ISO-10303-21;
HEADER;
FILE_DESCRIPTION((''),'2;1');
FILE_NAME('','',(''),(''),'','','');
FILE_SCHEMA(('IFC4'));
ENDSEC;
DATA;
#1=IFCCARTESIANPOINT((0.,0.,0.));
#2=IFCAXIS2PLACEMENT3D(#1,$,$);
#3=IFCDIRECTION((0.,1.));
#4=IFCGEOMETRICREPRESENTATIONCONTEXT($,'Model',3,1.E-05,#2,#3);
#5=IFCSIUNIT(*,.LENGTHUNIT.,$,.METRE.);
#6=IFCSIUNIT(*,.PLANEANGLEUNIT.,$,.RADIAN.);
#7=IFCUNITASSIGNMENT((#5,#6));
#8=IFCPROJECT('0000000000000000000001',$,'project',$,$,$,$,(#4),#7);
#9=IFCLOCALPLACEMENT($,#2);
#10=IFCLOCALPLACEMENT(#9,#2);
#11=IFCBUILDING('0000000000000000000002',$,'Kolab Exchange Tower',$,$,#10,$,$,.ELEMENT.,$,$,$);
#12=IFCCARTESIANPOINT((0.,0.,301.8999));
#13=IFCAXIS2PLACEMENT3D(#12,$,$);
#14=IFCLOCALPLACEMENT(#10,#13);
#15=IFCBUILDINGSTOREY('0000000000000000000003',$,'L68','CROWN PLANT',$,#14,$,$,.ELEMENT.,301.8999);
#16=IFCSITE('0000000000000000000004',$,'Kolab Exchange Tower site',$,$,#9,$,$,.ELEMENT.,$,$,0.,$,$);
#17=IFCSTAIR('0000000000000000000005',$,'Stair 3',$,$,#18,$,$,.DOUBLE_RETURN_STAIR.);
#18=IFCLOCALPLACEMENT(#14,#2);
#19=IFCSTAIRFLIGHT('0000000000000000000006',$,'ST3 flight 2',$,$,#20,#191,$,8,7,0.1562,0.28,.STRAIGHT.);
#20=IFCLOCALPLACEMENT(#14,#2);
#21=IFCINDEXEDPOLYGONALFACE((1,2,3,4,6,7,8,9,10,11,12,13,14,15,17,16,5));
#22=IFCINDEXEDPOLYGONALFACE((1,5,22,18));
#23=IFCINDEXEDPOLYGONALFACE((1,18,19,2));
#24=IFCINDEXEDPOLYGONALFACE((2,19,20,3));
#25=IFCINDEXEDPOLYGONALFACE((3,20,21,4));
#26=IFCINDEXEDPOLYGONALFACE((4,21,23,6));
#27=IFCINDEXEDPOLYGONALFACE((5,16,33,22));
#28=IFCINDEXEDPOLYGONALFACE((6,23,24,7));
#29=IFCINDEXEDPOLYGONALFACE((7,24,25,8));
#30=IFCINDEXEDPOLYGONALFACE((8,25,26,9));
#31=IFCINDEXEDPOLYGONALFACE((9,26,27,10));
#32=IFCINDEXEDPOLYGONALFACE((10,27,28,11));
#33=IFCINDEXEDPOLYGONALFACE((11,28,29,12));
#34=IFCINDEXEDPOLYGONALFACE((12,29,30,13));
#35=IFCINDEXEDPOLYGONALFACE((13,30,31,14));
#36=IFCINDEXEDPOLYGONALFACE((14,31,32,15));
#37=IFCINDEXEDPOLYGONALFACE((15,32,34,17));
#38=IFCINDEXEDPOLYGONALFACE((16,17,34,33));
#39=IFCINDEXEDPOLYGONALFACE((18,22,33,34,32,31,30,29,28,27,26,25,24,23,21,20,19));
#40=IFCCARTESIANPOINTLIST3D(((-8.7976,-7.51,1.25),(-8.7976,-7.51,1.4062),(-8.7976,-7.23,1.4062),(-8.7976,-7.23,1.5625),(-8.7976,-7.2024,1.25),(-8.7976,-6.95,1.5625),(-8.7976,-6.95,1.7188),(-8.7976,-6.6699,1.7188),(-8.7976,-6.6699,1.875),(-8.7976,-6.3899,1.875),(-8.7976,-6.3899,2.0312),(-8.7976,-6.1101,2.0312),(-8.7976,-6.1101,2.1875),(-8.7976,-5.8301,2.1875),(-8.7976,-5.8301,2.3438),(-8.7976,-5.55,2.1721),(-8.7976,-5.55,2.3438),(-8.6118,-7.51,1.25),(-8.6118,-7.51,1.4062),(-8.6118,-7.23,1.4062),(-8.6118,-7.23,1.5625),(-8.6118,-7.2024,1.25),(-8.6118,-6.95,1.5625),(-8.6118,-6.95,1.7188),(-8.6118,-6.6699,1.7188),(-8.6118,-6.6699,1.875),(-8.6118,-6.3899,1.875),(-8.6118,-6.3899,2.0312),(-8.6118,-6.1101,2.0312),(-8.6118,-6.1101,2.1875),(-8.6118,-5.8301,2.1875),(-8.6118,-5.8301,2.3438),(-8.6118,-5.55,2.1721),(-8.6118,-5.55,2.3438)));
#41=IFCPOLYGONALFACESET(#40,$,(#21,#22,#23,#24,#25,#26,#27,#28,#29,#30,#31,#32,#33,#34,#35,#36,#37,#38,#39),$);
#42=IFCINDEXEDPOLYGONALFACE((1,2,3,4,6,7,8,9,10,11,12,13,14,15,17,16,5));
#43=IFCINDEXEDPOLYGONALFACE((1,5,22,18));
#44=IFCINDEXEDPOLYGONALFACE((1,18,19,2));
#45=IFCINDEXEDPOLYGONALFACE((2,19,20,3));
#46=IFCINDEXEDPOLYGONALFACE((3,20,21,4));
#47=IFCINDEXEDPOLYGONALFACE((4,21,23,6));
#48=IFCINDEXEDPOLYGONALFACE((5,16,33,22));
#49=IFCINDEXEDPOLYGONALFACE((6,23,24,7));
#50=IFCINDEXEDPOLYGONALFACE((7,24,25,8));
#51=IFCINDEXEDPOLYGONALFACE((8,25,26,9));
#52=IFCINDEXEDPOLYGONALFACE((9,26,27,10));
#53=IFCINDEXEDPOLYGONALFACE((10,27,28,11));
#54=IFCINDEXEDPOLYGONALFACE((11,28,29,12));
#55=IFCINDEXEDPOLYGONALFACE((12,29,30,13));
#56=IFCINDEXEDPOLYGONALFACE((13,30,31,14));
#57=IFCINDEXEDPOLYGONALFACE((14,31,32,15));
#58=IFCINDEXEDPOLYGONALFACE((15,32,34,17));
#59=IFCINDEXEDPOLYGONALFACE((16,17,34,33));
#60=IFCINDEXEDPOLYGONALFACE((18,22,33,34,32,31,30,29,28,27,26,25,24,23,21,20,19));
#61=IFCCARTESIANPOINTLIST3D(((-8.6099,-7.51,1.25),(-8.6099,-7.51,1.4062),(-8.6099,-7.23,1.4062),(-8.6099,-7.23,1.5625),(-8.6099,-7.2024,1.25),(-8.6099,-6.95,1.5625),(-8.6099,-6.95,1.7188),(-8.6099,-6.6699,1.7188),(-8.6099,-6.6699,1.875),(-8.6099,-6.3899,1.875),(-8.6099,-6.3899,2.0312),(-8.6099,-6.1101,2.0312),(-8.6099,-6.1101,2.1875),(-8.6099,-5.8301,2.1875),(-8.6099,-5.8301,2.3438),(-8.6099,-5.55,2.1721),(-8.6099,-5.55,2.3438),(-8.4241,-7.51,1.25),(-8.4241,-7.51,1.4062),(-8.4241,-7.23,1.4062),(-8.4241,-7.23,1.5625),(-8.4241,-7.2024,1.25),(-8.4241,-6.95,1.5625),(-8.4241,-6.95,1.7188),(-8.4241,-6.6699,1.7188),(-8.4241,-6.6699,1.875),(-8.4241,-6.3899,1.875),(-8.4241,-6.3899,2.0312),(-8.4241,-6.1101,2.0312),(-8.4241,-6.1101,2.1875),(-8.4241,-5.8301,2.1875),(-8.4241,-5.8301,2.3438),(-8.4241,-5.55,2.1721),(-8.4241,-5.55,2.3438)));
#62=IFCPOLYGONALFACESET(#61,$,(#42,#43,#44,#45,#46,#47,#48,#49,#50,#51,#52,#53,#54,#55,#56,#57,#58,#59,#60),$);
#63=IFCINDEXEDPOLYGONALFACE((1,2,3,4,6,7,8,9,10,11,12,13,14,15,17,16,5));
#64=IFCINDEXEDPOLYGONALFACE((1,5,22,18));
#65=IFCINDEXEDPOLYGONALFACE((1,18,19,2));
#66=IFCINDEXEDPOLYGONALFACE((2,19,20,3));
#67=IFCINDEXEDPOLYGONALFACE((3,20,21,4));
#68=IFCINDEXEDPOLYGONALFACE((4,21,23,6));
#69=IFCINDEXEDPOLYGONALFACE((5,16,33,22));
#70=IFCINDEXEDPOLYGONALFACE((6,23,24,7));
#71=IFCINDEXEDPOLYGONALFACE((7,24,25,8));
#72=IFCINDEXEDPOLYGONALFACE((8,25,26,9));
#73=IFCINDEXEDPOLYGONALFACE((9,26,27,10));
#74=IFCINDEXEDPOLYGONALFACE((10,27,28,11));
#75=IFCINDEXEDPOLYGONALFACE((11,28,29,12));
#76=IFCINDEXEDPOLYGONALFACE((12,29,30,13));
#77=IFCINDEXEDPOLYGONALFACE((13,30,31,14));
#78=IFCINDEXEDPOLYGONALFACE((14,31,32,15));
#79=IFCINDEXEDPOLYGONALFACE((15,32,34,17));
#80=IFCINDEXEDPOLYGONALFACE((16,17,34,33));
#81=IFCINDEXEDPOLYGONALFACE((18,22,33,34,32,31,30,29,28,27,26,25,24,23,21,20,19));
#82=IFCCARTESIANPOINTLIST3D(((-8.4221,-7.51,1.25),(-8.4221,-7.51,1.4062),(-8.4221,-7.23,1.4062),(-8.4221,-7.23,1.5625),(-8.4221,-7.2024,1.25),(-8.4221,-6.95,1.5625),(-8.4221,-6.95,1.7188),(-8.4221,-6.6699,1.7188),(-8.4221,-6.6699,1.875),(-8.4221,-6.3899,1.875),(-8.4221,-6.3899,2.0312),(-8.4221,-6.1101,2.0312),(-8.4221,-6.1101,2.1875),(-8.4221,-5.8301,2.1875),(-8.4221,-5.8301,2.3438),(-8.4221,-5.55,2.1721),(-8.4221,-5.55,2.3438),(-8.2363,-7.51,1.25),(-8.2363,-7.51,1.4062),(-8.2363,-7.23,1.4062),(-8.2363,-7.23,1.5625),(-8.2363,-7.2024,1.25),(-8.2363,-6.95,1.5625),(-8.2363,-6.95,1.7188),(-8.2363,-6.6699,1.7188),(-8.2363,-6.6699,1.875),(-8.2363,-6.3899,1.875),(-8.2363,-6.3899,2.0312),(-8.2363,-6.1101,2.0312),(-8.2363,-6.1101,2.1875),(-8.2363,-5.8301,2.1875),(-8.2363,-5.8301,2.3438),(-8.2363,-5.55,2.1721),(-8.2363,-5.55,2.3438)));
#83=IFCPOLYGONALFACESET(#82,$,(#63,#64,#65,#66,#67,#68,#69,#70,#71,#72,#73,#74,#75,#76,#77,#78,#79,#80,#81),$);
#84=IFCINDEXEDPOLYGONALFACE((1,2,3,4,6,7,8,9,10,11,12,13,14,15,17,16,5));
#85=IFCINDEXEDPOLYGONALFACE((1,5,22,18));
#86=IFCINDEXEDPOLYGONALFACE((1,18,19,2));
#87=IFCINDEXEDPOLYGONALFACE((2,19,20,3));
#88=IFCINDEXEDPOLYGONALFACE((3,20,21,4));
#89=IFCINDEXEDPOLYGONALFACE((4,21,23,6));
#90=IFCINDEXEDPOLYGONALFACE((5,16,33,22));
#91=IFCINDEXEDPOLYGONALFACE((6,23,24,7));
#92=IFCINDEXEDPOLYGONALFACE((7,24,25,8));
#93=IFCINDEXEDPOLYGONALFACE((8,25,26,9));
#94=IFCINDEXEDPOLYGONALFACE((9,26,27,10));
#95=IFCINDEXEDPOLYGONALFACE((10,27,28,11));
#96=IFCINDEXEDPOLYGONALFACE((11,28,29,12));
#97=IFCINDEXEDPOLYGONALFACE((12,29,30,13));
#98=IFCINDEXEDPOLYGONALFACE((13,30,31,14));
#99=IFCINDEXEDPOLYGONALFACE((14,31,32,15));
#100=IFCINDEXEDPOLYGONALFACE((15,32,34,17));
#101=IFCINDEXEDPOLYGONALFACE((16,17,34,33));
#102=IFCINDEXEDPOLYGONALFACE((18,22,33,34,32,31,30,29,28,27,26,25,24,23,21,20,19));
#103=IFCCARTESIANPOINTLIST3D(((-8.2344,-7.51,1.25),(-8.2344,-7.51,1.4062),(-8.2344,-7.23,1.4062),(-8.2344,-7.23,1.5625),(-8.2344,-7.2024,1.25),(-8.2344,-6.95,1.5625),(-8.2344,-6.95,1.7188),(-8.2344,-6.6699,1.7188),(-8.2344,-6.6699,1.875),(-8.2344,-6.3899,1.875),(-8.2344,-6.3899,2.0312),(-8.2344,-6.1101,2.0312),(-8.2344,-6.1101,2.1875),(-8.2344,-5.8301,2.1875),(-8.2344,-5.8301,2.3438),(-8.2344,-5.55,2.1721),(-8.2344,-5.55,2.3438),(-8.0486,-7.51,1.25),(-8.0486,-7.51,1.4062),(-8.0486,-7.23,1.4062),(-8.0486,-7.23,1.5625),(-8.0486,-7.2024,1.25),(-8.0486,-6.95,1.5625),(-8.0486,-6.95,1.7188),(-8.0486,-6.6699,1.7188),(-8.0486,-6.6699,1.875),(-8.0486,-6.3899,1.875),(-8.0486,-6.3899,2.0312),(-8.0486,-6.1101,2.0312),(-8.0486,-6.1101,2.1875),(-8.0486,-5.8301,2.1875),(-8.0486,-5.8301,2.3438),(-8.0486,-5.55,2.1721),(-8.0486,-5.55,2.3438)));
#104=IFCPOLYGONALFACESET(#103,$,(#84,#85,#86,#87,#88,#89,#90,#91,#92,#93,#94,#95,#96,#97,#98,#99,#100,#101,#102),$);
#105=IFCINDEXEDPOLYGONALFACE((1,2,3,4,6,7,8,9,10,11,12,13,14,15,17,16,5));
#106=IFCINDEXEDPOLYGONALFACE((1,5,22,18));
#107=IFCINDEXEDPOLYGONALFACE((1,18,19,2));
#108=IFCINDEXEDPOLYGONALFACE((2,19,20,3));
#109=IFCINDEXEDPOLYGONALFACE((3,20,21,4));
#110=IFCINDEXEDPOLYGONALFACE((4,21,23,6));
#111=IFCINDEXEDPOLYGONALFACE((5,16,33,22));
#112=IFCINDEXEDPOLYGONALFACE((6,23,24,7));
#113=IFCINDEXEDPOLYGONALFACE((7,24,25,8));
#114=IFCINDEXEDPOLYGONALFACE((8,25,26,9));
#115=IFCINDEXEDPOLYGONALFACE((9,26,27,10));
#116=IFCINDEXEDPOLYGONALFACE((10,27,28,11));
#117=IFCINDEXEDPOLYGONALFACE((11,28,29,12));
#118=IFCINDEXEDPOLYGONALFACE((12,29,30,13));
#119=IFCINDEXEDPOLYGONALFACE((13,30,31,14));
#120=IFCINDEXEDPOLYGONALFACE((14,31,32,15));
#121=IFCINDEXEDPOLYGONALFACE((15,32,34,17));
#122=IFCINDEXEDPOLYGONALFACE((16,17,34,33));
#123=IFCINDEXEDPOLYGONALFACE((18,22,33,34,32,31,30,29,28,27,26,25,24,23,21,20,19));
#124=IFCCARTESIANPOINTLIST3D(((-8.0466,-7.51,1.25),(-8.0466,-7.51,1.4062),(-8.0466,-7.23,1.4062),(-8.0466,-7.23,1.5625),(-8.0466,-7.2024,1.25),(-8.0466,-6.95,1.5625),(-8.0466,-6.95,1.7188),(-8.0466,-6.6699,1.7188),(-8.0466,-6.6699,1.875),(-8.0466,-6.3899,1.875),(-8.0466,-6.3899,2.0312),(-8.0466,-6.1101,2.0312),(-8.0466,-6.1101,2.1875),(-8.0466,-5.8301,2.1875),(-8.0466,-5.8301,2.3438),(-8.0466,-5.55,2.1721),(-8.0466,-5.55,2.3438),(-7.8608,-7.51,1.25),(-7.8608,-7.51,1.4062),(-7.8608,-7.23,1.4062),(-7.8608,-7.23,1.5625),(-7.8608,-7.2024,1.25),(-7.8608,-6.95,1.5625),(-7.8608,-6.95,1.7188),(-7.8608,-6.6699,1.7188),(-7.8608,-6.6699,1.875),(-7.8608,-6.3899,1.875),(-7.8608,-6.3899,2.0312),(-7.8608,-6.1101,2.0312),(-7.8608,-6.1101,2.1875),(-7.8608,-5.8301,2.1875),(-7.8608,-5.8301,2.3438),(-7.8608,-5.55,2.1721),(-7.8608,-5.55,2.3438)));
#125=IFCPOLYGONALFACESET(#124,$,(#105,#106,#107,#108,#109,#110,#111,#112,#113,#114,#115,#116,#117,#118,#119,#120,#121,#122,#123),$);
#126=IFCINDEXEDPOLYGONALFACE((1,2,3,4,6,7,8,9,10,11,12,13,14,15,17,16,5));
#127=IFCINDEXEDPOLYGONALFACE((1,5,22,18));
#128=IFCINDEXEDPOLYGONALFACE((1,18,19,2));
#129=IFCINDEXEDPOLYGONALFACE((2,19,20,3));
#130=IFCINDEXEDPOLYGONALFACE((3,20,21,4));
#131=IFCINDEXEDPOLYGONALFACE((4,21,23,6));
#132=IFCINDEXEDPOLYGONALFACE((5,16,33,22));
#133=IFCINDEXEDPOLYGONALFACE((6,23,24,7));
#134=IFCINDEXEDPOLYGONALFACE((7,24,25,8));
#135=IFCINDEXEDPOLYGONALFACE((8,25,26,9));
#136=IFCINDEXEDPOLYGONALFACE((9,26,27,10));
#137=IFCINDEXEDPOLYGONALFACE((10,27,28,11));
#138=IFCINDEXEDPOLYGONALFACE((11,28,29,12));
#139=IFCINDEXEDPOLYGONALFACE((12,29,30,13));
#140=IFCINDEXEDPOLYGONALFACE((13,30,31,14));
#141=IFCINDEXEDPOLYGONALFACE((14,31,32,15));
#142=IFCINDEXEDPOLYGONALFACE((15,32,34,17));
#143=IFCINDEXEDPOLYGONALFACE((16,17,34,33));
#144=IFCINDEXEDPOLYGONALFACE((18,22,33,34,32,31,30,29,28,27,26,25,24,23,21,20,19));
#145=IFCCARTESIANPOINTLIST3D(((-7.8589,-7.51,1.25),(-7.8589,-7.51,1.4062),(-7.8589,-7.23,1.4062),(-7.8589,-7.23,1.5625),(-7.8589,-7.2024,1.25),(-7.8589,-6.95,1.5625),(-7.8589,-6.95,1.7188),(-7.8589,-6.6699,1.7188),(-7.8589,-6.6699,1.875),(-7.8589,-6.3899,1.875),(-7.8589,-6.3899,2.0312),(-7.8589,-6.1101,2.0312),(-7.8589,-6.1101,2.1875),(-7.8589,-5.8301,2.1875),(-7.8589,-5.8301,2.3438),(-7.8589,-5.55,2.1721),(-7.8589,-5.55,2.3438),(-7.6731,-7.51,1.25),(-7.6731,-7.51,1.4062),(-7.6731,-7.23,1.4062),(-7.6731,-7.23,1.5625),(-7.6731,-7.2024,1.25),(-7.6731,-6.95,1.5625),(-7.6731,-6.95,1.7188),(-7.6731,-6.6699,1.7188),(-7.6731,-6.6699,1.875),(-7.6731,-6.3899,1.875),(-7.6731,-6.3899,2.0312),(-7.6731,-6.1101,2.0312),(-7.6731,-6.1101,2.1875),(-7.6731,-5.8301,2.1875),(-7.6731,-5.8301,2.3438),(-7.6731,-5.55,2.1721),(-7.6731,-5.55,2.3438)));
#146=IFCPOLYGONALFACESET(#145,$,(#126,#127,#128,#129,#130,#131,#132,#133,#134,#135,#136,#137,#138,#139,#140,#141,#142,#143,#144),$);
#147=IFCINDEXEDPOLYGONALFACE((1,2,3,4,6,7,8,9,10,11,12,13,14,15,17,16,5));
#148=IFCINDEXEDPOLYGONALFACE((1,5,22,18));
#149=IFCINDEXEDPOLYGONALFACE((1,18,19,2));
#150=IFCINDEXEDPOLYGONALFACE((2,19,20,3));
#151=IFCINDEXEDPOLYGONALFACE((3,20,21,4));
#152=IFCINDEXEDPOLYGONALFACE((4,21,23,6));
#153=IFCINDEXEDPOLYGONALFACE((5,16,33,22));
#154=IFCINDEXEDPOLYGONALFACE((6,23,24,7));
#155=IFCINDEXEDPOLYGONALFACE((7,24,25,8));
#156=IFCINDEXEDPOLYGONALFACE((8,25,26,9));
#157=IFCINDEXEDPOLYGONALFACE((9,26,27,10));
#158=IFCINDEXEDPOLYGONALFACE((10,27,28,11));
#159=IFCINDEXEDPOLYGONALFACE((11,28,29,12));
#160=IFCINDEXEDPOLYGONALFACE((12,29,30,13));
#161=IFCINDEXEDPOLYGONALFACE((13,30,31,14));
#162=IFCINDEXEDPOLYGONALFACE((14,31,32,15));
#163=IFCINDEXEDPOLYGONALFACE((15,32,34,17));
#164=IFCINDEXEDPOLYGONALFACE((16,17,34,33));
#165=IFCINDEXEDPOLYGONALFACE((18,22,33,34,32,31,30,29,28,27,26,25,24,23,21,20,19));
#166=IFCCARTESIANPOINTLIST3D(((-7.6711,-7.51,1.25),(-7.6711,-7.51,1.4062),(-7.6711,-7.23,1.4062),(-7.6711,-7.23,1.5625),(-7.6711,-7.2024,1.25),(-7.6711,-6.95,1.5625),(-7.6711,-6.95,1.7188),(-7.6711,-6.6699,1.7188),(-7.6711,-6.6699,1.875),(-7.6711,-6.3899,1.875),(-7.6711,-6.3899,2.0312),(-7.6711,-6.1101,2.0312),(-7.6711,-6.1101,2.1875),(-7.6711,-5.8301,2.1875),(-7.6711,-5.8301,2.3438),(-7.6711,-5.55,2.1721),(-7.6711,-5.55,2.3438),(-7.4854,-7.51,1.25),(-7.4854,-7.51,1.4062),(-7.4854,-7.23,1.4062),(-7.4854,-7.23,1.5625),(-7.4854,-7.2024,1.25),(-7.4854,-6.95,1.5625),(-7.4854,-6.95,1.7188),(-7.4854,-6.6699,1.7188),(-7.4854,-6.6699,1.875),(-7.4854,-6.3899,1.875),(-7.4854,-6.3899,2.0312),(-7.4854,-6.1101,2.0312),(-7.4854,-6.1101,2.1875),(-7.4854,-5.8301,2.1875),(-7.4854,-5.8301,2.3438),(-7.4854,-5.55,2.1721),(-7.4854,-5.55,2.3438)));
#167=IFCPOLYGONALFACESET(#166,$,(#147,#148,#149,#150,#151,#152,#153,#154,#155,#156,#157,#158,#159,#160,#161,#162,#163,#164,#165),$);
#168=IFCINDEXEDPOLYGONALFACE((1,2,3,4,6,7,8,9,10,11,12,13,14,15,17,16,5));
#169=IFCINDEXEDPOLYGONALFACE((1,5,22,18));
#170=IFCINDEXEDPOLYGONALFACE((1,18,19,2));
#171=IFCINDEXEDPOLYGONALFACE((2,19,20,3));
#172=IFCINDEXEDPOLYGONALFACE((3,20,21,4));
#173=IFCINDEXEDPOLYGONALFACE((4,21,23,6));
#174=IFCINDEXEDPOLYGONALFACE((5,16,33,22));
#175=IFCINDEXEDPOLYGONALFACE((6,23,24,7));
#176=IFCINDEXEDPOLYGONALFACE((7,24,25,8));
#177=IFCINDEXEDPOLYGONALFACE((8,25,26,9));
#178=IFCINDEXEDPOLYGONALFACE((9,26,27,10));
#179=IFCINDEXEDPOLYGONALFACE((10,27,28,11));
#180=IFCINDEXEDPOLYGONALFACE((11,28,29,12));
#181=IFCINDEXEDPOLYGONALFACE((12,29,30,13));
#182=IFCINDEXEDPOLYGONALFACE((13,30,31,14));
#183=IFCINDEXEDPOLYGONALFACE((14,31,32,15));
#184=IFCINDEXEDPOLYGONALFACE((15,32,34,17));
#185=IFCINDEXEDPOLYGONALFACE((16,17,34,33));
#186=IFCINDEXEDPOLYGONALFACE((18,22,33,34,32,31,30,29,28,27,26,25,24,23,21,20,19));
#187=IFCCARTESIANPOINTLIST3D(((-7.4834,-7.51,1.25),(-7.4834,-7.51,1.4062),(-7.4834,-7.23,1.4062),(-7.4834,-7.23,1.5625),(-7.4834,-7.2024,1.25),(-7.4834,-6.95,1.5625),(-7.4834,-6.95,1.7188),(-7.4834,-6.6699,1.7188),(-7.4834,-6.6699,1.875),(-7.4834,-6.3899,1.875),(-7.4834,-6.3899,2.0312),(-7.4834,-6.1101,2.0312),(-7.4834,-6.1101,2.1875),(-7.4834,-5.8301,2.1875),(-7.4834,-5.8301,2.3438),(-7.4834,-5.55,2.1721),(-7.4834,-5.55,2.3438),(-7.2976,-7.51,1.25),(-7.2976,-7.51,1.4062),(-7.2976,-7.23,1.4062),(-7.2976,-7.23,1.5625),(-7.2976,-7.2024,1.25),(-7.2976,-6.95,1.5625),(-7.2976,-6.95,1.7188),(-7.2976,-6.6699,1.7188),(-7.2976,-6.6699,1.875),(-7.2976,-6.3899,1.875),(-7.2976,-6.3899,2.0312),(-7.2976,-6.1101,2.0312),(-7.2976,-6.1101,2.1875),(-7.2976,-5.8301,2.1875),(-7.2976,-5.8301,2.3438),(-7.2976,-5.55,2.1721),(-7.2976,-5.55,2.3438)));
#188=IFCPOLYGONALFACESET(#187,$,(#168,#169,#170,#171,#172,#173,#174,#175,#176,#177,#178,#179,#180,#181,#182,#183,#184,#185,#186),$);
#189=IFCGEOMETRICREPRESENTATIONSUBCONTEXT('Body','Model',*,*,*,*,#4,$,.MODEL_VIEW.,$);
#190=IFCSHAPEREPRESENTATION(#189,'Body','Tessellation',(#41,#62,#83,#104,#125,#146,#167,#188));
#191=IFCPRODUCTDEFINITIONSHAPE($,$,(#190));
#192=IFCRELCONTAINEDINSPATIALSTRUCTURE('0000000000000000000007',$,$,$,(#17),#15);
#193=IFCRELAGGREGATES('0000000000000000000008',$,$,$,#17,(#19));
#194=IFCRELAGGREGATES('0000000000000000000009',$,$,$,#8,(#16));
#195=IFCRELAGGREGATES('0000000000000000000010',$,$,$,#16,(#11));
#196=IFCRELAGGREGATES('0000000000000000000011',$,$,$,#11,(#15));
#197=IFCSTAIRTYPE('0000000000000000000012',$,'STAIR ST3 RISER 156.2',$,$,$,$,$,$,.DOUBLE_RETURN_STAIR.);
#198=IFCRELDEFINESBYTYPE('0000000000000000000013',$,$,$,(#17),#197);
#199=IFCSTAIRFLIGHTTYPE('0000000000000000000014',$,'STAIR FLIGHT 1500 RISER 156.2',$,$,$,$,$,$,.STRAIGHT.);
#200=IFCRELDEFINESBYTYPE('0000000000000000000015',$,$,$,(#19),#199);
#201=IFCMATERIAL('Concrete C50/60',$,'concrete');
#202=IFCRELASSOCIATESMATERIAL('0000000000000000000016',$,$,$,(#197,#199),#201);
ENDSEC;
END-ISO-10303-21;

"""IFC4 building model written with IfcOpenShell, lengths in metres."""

from ifc_helpers import new_model, si_unit, direction, frame, origin, place, context, subcontext, project, spatial, polyline, outline, extrude, material, type_object, element, aggregate, save


model = new_model("IFC4")

# Units and contexts
model_context = context("Model", 3, precision=1e-05, world=origin(), true_north=direction((0.0, 1.0)))
body_context = subcontext(model_context, "Body", "Model", "MODEL_VIEW")
ifc_project = project(units=[si_unit("LENGTHUNIT", "METRE"), si_unit("PLANEANGLEUNIT", "RADIAN")], contexts=[model_context])

# Site, building, storey
site_placement = place(None, origin())
site = spatial("IfcSite", under=ifc_project, at=site_placement, Name="Kolab Exchange Tower site", CompositionType="ELEMENT", RefElevation=0.0)
building_placement = place(site_placement, origin())
building = spatial("IfcBuilding", under=site, at=building_placement, Name="Kolab Exchange Tower", CompositionType="ELEMENT")
storey_placement = place(building_placement, frame((0.0, 0.0, 301.8999)))
storey = spatial("IfcBuildingStorey", under=building, at=storey_placement, Name="L68", Description="CROWN PLANT", CompositionType="ELEMENT", Elevation=301.8999)

# Shared definitions
ifc_material_1 = material(Name="Concrete C50/60", Category="concrete")

# Stair, stair flight
stair_type = type_object("IfcStairType", Name="STAIR ST3 RISER 156.2", PredefinedType="DOUBLE_RETURN_STAIR", material=ifc_material_1)
stair_placement = place(storey_placement, origin())
stair = element("IfcStair", 1, at=stair_placement, inside=storey, type_object=stair_type, Name="Stair 3", PredefinedType="DOUBLE_RETURN_STAIR")
stair_flight_type = type_object("IfcStairFlightType", Name="STAIR FLIGHT 1500 RISER 156.2", PredefinedType="STRAIGHT", material=ifc_material_1)
stair_flight_1_placement = place(storey_placement, frame((-8.0476, -7.51, 1.25), z_axis=(0.0, 0.0, 1.0), x_axis=(0.0, 1.0, 0.0)))
stair_flight_1 = element("IfcStairFlight", 2, at=stair_flight_1_placement, type_object=stair_flight_type, Name="ST3 flight 2", NumberOfRisers=8, NumberOfTreads=7, PredefinedType="STRAIGHT", RiserHeight=0.1562, TreadLength=0.28, context=body_context, shape_type="SweptSolid", body=[
    extrude(outline(polyline([(0.0, 0.0), (0.0, 0.1562), (0.28, 0.1562), (0.28, 0.3125), (0.5601, 0.3125), (0.5601, 0.4688), (0.8401, 0.4688), (0.8401, 0.625), (1.1201, 0.625), (1.1201, 0.7812), (1.3999, 0.7812), (1.3999, 0.9375), (1.6799, 0.9375), (1.6799, 1.0938), (1.96, 1.0938), (1.96, 1.25), (1.96, 0.9221), (0.3076, 0.0), (0.0, 0.0)])), frame((0.0, 0.75, 0.0), z_axis=(0.0, -1.0, 0.0), x_axis=(1.0, 0.0, 0.0)), (0.0, 0.0, 1.0), 0.1858),
    extrude(outline(polyline([(0.0, 0.0), (0.0, 0.1562), (0.28, 0.1562), (0.28, 0.3125), (0.5601, 0.3125), (0.5601, 0.4688), (0.8401, 0.4688), (0.8401, 0.625), (1.1201, 0.625), (1.1201, 0.7812), (1.3999, 0.7812), (1.3999, 0.9375), (1.6799, 0.9375), (1.6799, 1.0938), (1.96, 1.0938), (1.96, 1.25), (1.96, 0.9221), (0.3076, 0.0), (0.0, 0.0)])), frame((0.0, 0.5623, 0.0), z_axis=(0.0, -1.0, 0.0), x_axis=(1.0, 0.0, 0.0)), (0.0, 0.0, 1.0), 0.1858),
    extrude(outline(polyline([(0.0, 0.0), (0.0, 0.1562), (0.28, 0.1562), (0.28, 0.3125), (0.5601, 0.3125), (0.5601, 0.4688), (0.8401, 0.4688), (0.8401, 0.625), (1.1201, 0.625), (1.1201, 0.7812), (1.3999, 0.7812), (1.3999, 0.9375), (1.6799, 0.9375), (1.6799, 1.0938), (1.96, 1.0938), (1.96, 1.25), (1.96, 0.9221), (0.3076, 0.0), (0.0, 0.0)])), frame((0.0, 0.3745, 0.0), z_axis=(0.0, -1.0, 0.0), x_axis=(1.0, 0.0, 0.0)), (0.0, 0.0, 1.0), 0.1858),
    extrude(outline(polyline([(0.0, 0.0), (0.0, 0.1562), (0.28, 0.1562), (0.28, 0.3125), (0.5601, 0.3125), (0.5601, 0.4688), (0.8401, 0.4688), (0.8401, 0.625), (1.1201, 0.625), (1.1201, 0.7812), (1.3999, 0.7812), (1.3999, 0.9375), (1.6799, 0.9375), (1.6799, 1.0938), (1.96, 1.0938), (1.96, 1.25), (1.96, 0.9221), (0.3076, 0.0), (0.0, 0.0)])), frame((0.0, 0.1868, 0.0), z_axis=(0.0, -1.0, 0.0), x_axis=(1.0, 0.0, 0.0)), (0.0, 0.0, 1.0), 0.1858),
    extrude(outline(polyline([(0.0, 0.0), (0.0, 0.1562), (0.28, 0.1562), (0.28, 0.3125), (0.5601, 0.3125), (0.5601, 0.4688), (0.8401, 0.4688), (0.8401, 0.625), (1.1201, 0.625), (1.1201, 0.7812), (1.3999, 0.7812), (1.3999, 0.9375), (1.6799, 0.9375), (1.6799, 1.0938), (1.96, 1.0938), (1.96, 1.25), (1.96, 0.9221), (0.3076, 0.0), (0.0, 0.0)])), frame((0.0, -0.001, 0.0), z_axis=(0.0, -1.0, 0.0), x_axis=(1.0, 0.0, 0.0)), (0.0, 0.0, 1.0), 0.1858),
    extrude(outline(polyline([(0.0, 0.0), (0.0, 0.1562), (0.28, 0.1562), (0.28, 0.3125), (0.5601, 0.3125), (0.5601, 0.4688), (0.8401, 0.4688), (0.8401, 0.625), (1.1201, 0.625), (1.1201, 0.7812), (1.3999, 0.7812), (1.3999, 0.9375), (1.6799, 0.9375), (1.6799, 1.0938), (1.96, 1.0938), (1.96, 1.25), (1.96, 0.9221), (0.3076, 0.0), (0.0, 0.0)])), frame((0.0, -0.1887, 0.0), z_axis=(0.0, -1.0, 0.0), x_axis=(1.0, 0.0, 0.0)), (0.0, 0.0, 1.0), 0.1858),
    extrude(outline(polyline([(0.0, 0.0), (0.0, 0.1562), (0.28, 0.1562), (0.28, 0.3125), (0.5601, 0.3125), (0.5601, 0.4688), (0.8401, 0.4688), (0.8401, 0.625), (1.1201, 0.625), (1.1201, 0.7812), (1.3999, 0.7812), (1.3999, 0.9375), (1.6799, 0.9375), (1.6799, 1.0938), (1.96, 1.0938), (1.96, 1.25), (1.96, 0.9221), (0.3076, 0.0), (0.0, 0.0)])), frame((0.0, -0.3765, 0.0), z_axis=(0.0, -1.0, 0.0), x_axis=(1.0, 0.0, 0.0)), (0.0, 0.0, 1.0), 0.1858),
    extrude(outline(polyline([(0.0, 0.0), (0.0, 0.1562), (0.28, 0.1562), (0.28, 0.3125), (0.5601, 0.3125), (0.5601, 0.4688), (0.8401, 0.4688), (0.8401, 0.625), (1.1201, 0.625), (1.1201, 0.7812), (1.3999, 0.7812), (1.3999, 0.9375), (1.6799, 0.9375), (1.6799, 1.0938), (1.96, 1.0938), (1.96, 1.25), (1.96, 0.9221), (0.3076, 0.0), (0.0, 0.0)])), frame((0.0, -0.5642, 0.0), z_axis=(0.0, -1.0, 0.0), x_axis=(1.0, 0.0, 0.0)), (0.0, 0.0, 1.0), 0.1858),
])
aggregate(stair, [stair_flight_1])

save(model, "model.ifc")
